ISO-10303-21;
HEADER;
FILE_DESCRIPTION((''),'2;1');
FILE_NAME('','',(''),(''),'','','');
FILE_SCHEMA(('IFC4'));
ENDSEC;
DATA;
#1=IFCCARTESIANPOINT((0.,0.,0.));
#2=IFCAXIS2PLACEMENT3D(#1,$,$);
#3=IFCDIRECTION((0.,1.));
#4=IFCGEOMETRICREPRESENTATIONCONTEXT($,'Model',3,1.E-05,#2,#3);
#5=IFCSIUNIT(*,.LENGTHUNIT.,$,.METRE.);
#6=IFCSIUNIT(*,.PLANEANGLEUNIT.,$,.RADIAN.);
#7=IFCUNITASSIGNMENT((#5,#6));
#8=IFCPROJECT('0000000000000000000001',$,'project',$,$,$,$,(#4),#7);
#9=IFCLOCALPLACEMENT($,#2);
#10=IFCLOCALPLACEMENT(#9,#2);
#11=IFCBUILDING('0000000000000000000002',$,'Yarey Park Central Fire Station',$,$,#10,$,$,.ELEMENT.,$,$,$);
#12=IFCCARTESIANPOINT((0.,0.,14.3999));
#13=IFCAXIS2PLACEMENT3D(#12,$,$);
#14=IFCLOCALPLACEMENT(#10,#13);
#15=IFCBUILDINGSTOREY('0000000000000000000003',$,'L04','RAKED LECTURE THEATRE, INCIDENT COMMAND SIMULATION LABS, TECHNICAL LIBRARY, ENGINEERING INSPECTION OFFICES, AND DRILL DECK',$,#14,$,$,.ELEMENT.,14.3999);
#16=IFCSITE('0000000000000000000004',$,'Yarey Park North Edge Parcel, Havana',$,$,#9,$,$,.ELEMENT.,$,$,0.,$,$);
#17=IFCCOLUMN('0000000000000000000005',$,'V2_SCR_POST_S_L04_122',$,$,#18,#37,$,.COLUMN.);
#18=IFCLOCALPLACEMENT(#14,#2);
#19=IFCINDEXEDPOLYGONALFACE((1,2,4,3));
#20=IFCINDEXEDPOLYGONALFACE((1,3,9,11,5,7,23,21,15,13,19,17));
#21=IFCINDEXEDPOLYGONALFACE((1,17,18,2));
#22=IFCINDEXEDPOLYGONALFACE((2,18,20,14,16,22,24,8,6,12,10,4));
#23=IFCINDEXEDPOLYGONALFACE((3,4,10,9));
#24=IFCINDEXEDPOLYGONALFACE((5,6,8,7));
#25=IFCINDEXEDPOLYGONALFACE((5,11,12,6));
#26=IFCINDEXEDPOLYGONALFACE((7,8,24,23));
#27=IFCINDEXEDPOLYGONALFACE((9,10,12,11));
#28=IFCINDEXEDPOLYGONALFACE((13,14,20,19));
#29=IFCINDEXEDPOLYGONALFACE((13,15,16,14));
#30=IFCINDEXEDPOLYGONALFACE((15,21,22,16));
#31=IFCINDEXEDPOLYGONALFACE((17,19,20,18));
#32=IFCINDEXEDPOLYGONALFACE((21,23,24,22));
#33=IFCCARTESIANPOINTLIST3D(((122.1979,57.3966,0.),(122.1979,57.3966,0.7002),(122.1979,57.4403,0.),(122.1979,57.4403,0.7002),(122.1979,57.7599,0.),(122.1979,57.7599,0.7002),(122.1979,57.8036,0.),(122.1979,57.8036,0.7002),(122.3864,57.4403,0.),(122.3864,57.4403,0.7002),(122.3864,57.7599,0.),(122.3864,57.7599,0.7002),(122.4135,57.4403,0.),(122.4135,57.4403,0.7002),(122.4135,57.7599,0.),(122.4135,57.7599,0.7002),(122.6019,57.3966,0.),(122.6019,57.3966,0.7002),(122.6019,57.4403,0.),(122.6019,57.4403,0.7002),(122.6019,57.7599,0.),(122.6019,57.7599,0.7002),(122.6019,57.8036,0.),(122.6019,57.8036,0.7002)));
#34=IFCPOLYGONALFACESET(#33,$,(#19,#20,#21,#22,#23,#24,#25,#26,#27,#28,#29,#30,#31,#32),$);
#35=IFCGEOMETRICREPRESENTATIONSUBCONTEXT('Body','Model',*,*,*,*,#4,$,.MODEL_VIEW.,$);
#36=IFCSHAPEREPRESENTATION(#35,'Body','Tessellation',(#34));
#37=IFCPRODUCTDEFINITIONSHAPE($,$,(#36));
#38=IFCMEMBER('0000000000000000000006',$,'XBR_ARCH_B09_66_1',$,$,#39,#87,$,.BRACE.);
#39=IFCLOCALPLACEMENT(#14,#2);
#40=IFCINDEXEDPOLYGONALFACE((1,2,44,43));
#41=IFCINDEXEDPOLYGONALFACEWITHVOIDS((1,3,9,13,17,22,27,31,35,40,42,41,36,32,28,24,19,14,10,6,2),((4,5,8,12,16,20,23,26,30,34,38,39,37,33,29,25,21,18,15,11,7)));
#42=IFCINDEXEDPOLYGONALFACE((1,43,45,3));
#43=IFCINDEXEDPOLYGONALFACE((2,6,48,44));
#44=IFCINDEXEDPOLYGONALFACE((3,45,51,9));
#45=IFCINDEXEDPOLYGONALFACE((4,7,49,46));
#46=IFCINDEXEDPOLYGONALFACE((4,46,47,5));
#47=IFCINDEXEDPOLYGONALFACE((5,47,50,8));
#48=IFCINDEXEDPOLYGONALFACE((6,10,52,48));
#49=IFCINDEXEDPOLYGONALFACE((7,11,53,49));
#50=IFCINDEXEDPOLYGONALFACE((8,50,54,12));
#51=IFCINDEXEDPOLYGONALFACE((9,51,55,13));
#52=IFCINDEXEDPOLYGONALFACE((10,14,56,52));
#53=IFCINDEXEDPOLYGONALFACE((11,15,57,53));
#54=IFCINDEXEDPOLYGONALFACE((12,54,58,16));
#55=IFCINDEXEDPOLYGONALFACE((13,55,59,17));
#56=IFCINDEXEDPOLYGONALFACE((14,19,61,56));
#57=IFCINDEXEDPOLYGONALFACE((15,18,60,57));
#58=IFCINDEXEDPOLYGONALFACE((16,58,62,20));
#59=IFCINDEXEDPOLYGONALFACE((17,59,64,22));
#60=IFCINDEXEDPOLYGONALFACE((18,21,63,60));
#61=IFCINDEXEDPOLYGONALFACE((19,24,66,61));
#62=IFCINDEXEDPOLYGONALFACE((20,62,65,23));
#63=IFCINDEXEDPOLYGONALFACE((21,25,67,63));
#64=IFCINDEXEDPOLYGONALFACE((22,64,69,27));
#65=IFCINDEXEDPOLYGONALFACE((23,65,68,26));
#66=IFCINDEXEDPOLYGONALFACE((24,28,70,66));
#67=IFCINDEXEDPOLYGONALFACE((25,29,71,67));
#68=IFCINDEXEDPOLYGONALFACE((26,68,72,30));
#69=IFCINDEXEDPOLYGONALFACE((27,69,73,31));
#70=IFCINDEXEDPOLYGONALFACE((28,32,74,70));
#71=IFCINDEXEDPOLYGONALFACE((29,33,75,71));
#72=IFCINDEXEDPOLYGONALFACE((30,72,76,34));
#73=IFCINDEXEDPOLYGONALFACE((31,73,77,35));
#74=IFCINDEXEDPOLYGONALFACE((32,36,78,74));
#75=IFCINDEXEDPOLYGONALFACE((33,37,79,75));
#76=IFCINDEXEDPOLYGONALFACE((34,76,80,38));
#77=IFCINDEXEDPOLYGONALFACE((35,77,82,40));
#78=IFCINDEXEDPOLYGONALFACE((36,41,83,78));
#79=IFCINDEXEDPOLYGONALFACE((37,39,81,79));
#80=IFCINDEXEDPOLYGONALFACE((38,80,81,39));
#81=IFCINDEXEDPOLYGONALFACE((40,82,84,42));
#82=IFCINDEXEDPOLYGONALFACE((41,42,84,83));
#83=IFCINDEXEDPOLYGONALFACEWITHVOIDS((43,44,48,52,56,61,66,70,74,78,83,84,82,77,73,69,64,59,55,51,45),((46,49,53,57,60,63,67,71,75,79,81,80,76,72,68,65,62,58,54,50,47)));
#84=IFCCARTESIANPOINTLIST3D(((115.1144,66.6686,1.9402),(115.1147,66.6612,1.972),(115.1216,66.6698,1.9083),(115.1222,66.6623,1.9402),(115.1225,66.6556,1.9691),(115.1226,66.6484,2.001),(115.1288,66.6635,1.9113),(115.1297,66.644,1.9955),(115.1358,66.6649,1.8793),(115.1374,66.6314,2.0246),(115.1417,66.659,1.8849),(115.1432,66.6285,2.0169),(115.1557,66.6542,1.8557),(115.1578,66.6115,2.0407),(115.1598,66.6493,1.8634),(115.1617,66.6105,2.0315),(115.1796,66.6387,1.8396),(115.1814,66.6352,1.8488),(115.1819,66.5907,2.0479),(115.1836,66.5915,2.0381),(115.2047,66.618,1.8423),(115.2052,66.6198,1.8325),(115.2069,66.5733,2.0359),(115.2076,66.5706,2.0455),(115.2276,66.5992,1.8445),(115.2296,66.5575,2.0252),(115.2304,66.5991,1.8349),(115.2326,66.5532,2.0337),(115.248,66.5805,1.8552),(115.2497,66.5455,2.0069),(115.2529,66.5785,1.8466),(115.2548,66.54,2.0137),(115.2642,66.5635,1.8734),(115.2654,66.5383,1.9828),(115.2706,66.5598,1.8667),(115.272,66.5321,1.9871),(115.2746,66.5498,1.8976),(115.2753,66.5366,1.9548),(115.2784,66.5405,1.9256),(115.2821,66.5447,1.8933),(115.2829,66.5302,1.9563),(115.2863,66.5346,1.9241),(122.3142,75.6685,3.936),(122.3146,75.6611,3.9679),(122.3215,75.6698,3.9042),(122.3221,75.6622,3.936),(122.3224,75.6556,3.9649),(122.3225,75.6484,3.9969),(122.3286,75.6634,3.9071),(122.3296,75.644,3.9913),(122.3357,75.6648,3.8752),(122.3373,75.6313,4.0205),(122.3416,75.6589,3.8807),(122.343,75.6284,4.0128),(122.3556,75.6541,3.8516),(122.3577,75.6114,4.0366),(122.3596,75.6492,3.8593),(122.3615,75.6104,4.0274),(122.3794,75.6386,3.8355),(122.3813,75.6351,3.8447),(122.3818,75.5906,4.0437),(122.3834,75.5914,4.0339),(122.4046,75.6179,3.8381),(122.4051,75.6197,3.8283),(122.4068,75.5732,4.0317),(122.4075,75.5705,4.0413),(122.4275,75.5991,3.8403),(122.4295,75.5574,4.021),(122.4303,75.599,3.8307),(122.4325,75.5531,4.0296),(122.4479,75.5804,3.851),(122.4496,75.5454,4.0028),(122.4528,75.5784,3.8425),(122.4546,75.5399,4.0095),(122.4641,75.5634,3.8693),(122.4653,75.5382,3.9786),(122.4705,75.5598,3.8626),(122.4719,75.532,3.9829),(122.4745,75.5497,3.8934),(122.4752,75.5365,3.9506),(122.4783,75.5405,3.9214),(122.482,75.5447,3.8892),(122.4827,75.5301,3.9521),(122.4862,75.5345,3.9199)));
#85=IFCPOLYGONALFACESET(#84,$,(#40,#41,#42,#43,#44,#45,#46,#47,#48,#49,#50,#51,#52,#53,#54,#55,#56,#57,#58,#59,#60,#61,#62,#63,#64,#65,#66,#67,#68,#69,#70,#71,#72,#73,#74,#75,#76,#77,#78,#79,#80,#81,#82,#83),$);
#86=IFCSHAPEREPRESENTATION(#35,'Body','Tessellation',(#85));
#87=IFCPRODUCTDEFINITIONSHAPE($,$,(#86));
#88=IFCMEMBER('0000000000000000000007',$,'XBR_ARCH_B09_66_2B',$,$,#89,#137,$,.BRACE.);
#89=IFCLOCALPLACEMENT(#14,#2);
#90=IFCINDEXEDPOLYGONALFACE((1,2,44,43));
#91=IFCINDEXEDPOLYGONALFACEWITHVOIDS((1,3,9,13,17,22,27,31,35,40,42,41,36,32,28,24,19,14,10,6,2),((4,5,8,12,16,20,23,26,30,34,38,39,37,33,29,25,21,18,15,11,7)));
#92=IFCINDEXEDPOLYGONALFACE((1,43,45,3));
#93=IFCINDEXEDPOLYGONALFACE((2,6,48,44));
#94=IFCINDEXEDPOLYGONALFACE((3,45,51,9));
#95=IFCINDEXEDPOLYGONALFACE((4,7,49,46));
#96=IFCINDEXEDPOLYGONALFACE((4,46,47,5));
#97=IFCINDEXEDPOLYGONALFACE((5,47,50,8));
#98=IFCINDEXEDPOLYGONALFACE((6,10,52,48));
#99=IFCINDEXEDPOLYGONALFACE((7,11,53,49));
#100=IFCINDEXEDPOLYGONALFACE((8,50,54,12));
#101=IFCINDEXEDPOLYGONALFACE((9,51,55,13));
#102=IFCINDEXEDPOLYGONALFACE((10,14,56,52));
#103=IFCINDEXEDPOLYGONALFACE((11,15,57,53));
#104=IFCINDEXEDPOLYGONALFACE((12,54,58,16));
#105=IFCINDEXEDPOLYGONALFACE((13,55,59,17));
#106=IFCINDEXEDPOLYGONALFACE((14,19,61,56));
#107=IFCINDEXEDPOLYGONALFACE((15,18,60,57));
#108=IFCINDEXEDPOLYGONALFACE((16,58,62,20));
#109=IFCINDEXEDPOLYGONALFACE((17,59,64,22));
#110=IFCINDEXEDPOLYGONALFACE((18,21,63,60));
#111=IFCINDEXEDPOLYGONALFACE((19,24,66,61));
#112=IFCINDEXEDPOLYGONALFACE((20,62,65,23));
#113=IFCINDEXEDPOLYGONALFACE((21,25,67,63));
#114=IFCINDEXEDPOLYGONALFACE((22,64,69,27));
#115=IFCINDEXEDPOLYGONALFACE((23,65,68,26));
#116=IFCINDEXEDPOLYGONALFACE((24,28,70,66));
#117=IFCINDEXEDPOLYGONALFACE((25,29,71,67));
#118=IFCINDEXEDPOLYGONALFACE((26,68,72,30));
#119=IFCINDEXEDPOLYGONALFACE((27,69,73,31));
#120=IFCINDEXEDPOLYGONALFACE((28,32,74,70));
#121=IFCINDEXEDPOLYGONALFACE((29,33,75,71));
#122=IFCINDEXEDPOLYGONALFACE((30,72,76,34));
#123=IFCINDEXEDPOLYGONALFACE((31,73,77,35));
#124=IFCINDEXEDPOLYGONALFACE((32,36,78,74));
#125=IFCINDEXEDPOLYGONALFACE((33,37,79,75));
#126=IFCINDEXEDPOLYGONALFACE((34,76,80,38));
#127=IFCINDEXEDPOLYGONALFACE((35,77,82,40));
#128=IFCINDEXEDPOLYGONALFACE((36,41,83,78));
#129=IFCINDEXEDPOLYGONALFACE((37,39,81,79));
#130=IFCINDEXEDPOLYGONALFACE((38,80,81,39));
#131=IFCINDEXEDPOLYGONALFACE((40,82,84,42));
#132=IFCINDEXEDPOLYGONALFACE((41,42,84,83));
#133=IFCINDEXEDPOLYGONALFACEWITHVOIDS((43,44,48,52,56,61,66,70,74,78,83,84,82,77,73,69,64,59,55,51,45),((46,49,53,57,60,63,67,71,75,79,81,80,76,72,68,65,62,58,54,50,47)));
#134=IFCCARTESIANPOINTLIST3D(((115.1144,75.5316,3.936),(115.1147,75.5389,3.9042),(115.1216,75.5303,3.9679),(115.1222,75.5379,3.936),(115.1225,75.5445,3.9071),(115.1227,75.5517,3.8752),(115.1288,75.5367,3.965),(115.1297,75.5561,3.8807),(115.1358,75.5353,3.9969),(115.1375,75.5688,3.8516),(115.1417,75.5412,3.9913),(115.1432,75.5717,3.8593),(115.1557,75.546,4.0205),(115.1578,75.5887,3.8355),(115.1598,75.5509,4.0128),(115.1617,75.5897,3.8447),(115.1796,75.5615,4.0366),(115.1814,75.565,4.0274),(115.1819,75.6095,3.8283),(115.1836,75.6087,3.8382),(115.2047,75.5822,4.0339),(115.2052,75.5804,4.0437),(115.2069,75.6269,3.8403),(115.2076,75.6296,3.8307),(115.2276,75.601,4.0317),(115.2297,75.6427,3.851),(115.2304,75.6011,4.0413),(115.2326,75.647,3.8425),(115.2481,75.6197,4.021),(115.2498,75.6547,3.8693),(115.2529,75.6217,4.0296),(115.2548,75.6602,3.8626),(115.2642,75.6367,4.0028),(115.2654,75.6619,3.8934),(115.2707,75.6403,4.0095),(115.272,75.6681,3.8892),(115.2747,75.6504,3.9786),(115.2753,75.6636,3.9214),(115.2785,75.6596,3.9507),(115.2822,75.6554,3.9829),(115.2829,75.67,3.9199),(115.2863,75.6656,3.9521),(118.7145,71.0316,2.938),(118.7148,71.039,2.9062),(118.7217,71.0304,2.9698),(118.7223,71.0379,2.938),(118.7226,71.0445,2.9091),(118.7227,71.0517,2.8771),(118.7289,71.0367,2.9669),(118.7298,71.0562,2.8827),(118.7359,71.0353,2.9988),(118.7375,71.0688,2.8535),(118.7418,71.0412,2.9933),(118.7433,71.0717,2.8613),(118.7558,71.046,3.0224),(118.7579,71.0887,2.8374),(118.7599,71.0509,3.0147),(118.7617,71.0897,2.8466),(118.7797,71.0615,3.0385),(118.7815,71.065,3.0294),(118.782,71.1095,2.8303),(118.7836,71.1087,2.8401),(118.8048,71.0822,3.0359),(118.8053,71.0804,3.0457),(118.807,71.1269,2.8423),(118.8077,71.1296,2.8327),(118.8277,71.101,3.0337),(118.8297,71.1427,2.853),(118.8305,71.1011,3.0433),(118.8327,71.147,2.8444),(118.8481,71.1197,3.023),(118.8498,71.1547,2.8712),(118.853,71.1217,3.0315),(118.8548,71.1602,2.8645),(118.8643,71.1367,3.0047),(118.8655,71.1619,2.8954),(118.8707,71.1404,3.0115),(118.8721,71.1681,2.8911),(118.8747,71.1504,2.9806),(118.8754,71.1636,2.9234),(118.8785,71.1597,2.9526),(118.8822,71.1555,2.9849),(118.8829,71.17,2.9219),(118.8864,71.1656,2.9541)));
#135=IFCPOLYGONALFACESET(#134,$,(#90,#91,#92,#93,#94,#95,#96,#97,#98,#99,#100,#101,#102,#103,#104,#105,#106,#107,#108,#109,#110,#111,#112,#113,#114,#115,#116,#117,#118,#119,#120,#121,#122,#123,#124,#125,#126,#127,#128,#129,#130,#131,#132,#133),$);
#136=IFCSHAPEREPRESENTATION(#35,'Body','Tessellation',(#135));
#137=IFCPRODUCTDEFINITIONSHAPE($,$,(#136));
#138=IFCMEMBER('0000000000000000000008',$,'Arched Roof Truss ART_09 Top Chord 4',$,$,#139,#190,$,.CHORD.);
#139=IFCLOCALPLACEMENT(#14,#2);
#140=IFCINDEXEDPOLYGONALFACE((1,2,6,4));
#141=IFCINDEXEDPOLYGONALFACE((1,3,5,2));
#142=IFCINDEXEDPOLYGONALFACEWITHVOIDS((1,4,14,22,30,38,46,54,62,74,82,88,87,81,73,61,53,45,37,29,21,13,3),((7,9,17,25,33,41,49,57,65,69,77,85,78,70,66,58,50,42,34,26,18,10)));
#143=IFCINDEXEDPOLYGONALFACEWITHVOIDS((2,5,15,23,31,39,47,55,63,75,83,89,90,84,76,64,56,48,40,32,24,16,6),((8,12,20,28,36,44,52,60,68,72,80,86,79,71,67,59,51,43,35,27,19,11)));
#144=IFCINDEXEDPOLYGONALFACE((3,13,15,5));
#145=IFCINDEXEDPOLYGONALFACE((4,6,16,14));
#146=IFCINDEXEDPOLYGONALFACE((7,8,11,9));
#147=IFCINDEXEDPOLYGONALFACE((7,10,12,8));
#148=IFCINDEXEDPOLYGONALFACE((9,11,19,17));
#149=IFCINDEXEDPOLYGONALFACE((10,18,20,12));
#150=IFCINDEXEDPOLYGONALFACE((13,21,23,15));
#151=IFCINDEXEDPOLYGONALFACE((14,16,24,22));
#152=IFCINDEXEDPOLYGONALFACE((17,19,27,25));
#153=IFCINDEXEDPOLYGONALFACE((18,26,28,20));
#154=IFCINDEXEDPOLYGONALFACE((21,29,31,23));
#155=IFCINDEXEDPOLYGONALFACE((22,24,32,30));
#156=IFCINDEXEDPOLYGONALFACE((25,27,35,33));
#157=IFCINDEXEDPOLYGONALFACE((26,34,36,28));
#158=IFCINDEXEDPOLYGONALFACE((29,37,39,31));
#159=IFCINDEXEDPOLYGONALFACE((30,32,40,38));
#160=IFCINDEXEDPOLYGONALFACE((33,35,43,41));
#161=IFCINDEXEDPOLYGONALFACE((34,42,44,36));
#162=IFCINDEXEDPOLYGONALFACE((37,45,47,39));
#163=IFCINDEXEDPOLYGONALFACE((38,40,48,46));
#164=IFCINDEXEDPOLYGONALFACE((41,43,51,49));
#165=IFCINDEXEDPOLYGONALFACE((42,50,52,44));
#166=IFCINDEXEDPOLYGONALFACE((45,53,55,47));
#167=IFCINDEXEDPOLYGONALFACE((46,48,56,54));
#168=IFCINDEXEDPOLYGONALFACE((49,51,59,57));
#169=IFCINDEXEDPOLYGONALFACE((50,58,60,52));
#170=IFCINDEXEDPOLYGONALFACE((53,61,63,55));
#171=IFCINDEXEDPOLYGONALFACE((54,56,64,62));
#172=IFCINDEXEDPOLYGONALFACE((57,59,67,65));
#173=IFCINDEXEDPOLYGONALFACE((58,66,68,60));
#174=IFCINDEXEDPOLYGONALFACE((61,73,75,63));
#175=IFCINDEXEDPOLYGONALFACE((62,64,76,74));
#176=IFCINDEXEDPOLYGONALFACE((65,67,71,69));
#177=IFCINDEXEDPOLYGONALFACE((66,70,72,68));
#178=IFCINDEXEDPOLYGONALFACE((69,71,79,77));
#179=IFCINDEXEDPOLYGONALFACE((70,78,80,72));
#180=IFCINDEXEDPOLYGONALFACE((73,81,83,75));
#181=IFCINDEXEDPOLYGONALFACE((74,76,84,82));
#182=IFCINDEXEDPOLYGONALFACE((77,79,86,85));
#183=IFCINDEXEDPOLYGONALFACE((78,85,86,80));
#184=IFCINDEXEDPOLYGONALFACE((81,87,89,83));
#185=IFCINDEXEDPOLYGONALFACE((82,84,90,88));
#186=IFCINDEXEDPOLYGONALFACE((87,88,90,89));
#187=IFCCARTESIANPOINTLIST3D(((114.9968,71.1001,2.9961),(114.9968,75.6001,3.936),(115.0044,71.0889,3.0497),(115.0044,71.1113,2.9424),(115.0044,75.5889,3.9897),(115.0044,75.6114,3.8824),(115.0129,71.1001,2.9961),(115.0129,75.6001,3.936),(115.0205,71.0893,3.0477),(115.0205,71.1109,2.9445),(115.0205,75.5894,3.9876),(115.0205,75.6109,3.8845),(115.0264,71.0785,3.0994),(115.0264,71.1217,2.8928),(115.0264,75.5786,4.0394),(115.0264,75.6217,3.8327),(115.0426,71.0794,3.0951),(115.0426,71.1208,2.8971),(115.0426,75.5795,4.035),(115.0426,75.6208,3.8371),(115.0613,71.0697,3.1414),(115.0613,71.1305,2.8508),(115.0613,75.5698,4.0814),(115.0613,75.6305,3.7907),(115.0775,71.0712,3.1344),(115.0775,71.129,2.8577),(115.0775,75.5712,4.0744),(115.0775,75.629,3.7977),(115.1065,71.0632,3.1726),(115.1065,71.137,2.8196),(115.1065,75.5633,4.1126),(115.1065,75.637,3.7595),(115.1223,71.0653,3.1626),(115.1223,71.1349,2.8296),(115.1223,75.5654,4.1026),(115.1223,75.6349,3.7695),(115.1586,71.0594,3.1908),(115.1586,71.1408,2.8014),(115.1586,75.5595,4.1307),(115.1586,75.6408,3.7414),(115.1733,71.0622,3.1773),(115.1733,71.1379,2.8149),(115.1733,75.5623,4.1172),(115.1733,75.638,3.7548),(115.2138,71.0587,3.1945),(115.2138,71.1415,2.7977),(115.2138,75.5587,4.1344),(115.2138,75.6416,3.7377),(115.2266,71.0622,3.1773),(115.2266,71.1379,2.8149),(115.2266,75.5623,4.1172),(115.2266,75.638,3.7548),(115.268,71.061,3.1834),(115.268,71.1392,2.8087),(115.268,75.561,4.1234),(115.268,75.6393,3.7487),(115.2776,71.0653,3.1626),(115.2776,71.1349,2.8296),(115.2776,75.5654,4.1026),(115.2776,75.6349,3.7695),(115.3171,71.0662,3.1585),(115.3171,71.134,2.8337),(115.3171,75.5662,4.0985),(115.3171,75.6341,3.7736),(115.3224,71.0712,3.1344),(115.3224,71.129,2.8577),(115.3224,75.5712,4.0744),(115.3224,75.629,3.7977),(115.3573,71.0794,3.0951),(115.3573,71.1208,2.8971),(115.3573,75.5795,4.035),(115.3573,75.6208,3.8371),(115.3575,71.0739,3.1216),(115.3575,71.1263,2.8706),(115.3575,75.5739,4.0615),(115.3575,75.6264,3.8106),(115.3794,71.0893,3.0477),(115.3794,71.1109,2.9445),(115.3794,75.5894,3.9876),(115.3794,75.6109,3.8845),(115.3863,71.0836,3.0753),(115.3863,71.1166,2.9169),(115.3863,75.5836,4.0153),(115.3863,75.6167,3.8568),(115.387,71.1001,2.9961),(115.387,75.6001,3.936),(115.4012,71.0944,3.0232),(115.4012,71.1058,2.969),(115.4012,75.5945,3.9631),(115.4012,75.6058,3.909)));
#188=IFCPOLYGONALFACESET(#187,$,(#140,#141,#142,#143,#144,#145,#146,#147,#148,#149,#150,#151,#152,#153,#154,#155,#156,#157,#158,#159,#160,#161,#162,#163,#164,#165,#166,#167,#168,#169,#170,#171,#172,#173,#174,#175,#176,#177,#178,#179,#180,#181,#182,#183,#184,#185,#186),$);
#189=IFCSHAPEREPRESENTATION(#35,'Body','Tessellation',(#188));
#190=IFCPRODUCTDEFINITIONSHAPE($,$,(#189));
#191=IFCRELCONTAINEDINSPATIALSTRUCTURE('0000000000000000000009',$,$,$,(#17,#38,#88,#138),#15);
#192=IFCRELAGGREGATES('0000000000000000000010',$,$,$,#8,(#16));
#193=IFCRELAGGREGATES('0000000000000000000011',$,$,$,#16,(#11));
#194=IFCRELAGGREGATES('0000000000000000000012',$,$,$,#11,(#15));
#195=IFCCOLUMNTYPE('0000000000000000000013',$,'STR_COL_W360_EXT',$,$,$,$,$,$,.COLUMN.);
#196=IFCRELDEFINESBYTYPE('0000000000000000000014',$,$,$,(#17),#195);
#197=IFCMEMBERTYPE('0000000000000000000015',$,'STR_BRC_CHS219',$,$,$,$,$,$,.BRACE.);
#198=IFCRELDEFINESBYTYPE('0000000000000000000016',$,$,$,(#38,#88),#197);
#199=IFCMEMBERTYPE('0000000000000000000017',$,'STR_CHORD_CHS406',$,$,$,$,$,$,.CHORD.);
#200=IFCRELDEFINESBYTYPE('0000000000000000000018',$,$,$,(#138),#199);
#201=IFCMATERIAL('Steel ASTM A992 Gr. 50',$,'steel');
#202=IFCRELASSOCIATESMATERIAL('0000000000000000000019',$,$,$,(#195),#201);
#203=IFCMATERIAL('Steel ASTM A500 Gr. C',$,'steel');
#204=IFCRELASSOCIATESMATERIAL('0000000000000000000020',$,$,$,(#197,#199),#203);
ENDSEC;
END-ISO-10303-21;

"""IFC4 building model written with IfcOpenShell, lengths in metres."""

from ifc_helpers import new_model, si_unit, direction, frame, origin, origin_2d, place, context, subcontext, project, spatial, hollow_circle, i_section, extrude, material, material_profile, profile_set, type_object, element, save


model = new_model("IFC4")

# Units and contexts
model_context = context("Model", 3, precision=1e-05, world=origin(), true_north=direction((0.0, 1.0)))
body_context = subcontext(model_context, "Body", "Model", "MODEL_VIEW")
ifc_project = project(units=[si_unit("LENGTHUNIT", "METRE"), si_unit("PLANEANGLEUNIT", "RADIAN")], contexts=[model_context])

# Site, building, storey
site_placement = place(None, origin())
site = spatial("IfcSite", under=ifc_project, at=site_placement, Name="Yarey Park North Edge Parcel, Havana", CompositionType="ELEMENT", RefElevation=0.0)
building_placement = place(site_placement, origin())
building = spatial("IfcBuilding", under=site, at=building_placement, Name="Yarey Park Central Fire Station", CompositionType="ELEMENT")
storey_placement = place(building_placement, frame((0.0, 0.0, 14.3999)))
storey = spatial("IfcBuildingStorey", under=building, at=storey_placement, Name="L04", Description="RAKED LECTURE THEATRE, INCIDENT COMMAND SIMULATION LABS, TECHNICAL LIBRARY, ENGINEERING INSPECTION OFFICES, AND DRILL DECK", CompositionType="ELEMENT", Elevation=14.3999)

# Column
ifc_material_1 = material(Name="Steel ASTM A992 Gr. 50", Category="steel")
ifc_material_profile_1 = material_profile(ifc_material_1, i_section(OverallWidth=0.4041, OverallDepth=0.407, WebThickness=0.0271, FlangeThickness=0.0437, at=origin_2d()), Name="W360x347")
ifc_profile_set_1 = profile_set([ifc_material_profile_1], Name="Steel ASTM A992 Gr. 50")
column_type = type_object("IfcColumnType", Name="STR_COL_W360_EXT", PredefinedType="COLUMN", material=ifc_profile_set_1)
column_placement = place(storey_placement, frame((122.3999, 57.6001, 0.0), z_axis=(0.0, 0.0, 1.0), x_axis=(1.0, 0.0, 0.0)))
element("IfcColumn", 1, at=column_placement, inside=storey, type_object=column_type, Name="V2_SCR_POST_S_L04_122", PredefinedType="COLUMN", context=body_context, shape_type="SweptSolid", body=[
    extrude(i_section(OverallWidth=0.4041, OverallDepth=0.407, WebThickness=0.0271, FlangeThickness=0.0437, at=origin_2d()), origin(), (0.0, 0.0, 1.0), 0.7002),
])

# Members
ifc_material_2 = material(Name="Steel ASTM A500 Gr. C", Category="steel")
ifc_material_profile_2 = material_profile(ifc_material_2, hollow_circle(Radius=0.1096, WallThickness=0.01, at=origin_2d()), Name="CHS 219.1x10")
ifc_profile_set_2 = profile_set([ifc_material_profile_2], Name="Steel ASTM A500 Gr. C")
member_type_1 = type_object("IfcMemberType", Name="STR_BRC_CHS219", PredefinedType="BRACE", material=ifc_profile_set_2)
member_1_placement = place(storey_placement, frame((115.2, 66.6001, 1.9402), z_axis=(0.615532, 0.76942, 0.170627), x_axis=(-0.780871, 0.624692, 0.0)))
element("IfcMember", 2, at=member_1_placement, inside=storey, type_object=member_type_1, Name="XBR_ARCH_B09_66_1", PredefinedType="BRACE", context=body_context, shape_type="SweptSolid", body=[
    extrude(hollow_circle(Radius=0.1096, WallThickness=0.01, at=origin_2d()), origin(), (0.0, 0.0, 1.0), 11.697),
])
member_2_placement = place(storey_placement, frame((118.8, 71.1001, 2.938), z_axis=(-0.615543, 0.769407, 0.170645), x_axis=(-0.780861, -0.624705, 0.0)))
element("IfcMember", 3, at=member_2_placement, inside=storey, type_object=member_type_1, Name="XBR_ARCH_B09_66_2B", PredefinedType="BRACE", context=body_context, shape_type="SweptSolid", body=[
    extrude(hollow_circle(Radius=0.1096, WallThickness=0.01, at=origin_2d()), origin(), (0.0, 0.0, 1.0), 5.8486),
])
ifc_material_profile_3 = material_profile(ifc_material_2, hollow_circle(Radius=0.2031, WallThickness=0.0161, at=origin_2d()), Name="CHS 406.4x16")
ifc_profile_set_3 = profile_set([ifc_material_profile_3], Name="Steel ASTM A500 Gr. C")
member_type_2 = type_object("IfcMemberType", Name="STR_CHORD_CHS406", PredefinedType="CHORD", material=ifc_profile_set_3)
member_3_placement = place(storey_placement, frame((115.2, 71.1001, 2.9961), z_axis=(0.0, 0.978874, 0.204463), x_axis=(-1.0, 0.0, 0.0)))
element("IfcMember", 4, at=member_3_placement, inside=storey, type_object=member_type_2, Name="Arched Roof Truss ART_09 Top Chord 4", PredefinedType="CHORD", context=body_context, shape_type="SweptSolid", body=[
    extrude(hollow_circle(Radius=0.2031, WallThickness=0.0161, at=origin_2d()), origin(), (0.0, 0.0, 1.0), 4.5972),
])

save(model, "model.ifc")
